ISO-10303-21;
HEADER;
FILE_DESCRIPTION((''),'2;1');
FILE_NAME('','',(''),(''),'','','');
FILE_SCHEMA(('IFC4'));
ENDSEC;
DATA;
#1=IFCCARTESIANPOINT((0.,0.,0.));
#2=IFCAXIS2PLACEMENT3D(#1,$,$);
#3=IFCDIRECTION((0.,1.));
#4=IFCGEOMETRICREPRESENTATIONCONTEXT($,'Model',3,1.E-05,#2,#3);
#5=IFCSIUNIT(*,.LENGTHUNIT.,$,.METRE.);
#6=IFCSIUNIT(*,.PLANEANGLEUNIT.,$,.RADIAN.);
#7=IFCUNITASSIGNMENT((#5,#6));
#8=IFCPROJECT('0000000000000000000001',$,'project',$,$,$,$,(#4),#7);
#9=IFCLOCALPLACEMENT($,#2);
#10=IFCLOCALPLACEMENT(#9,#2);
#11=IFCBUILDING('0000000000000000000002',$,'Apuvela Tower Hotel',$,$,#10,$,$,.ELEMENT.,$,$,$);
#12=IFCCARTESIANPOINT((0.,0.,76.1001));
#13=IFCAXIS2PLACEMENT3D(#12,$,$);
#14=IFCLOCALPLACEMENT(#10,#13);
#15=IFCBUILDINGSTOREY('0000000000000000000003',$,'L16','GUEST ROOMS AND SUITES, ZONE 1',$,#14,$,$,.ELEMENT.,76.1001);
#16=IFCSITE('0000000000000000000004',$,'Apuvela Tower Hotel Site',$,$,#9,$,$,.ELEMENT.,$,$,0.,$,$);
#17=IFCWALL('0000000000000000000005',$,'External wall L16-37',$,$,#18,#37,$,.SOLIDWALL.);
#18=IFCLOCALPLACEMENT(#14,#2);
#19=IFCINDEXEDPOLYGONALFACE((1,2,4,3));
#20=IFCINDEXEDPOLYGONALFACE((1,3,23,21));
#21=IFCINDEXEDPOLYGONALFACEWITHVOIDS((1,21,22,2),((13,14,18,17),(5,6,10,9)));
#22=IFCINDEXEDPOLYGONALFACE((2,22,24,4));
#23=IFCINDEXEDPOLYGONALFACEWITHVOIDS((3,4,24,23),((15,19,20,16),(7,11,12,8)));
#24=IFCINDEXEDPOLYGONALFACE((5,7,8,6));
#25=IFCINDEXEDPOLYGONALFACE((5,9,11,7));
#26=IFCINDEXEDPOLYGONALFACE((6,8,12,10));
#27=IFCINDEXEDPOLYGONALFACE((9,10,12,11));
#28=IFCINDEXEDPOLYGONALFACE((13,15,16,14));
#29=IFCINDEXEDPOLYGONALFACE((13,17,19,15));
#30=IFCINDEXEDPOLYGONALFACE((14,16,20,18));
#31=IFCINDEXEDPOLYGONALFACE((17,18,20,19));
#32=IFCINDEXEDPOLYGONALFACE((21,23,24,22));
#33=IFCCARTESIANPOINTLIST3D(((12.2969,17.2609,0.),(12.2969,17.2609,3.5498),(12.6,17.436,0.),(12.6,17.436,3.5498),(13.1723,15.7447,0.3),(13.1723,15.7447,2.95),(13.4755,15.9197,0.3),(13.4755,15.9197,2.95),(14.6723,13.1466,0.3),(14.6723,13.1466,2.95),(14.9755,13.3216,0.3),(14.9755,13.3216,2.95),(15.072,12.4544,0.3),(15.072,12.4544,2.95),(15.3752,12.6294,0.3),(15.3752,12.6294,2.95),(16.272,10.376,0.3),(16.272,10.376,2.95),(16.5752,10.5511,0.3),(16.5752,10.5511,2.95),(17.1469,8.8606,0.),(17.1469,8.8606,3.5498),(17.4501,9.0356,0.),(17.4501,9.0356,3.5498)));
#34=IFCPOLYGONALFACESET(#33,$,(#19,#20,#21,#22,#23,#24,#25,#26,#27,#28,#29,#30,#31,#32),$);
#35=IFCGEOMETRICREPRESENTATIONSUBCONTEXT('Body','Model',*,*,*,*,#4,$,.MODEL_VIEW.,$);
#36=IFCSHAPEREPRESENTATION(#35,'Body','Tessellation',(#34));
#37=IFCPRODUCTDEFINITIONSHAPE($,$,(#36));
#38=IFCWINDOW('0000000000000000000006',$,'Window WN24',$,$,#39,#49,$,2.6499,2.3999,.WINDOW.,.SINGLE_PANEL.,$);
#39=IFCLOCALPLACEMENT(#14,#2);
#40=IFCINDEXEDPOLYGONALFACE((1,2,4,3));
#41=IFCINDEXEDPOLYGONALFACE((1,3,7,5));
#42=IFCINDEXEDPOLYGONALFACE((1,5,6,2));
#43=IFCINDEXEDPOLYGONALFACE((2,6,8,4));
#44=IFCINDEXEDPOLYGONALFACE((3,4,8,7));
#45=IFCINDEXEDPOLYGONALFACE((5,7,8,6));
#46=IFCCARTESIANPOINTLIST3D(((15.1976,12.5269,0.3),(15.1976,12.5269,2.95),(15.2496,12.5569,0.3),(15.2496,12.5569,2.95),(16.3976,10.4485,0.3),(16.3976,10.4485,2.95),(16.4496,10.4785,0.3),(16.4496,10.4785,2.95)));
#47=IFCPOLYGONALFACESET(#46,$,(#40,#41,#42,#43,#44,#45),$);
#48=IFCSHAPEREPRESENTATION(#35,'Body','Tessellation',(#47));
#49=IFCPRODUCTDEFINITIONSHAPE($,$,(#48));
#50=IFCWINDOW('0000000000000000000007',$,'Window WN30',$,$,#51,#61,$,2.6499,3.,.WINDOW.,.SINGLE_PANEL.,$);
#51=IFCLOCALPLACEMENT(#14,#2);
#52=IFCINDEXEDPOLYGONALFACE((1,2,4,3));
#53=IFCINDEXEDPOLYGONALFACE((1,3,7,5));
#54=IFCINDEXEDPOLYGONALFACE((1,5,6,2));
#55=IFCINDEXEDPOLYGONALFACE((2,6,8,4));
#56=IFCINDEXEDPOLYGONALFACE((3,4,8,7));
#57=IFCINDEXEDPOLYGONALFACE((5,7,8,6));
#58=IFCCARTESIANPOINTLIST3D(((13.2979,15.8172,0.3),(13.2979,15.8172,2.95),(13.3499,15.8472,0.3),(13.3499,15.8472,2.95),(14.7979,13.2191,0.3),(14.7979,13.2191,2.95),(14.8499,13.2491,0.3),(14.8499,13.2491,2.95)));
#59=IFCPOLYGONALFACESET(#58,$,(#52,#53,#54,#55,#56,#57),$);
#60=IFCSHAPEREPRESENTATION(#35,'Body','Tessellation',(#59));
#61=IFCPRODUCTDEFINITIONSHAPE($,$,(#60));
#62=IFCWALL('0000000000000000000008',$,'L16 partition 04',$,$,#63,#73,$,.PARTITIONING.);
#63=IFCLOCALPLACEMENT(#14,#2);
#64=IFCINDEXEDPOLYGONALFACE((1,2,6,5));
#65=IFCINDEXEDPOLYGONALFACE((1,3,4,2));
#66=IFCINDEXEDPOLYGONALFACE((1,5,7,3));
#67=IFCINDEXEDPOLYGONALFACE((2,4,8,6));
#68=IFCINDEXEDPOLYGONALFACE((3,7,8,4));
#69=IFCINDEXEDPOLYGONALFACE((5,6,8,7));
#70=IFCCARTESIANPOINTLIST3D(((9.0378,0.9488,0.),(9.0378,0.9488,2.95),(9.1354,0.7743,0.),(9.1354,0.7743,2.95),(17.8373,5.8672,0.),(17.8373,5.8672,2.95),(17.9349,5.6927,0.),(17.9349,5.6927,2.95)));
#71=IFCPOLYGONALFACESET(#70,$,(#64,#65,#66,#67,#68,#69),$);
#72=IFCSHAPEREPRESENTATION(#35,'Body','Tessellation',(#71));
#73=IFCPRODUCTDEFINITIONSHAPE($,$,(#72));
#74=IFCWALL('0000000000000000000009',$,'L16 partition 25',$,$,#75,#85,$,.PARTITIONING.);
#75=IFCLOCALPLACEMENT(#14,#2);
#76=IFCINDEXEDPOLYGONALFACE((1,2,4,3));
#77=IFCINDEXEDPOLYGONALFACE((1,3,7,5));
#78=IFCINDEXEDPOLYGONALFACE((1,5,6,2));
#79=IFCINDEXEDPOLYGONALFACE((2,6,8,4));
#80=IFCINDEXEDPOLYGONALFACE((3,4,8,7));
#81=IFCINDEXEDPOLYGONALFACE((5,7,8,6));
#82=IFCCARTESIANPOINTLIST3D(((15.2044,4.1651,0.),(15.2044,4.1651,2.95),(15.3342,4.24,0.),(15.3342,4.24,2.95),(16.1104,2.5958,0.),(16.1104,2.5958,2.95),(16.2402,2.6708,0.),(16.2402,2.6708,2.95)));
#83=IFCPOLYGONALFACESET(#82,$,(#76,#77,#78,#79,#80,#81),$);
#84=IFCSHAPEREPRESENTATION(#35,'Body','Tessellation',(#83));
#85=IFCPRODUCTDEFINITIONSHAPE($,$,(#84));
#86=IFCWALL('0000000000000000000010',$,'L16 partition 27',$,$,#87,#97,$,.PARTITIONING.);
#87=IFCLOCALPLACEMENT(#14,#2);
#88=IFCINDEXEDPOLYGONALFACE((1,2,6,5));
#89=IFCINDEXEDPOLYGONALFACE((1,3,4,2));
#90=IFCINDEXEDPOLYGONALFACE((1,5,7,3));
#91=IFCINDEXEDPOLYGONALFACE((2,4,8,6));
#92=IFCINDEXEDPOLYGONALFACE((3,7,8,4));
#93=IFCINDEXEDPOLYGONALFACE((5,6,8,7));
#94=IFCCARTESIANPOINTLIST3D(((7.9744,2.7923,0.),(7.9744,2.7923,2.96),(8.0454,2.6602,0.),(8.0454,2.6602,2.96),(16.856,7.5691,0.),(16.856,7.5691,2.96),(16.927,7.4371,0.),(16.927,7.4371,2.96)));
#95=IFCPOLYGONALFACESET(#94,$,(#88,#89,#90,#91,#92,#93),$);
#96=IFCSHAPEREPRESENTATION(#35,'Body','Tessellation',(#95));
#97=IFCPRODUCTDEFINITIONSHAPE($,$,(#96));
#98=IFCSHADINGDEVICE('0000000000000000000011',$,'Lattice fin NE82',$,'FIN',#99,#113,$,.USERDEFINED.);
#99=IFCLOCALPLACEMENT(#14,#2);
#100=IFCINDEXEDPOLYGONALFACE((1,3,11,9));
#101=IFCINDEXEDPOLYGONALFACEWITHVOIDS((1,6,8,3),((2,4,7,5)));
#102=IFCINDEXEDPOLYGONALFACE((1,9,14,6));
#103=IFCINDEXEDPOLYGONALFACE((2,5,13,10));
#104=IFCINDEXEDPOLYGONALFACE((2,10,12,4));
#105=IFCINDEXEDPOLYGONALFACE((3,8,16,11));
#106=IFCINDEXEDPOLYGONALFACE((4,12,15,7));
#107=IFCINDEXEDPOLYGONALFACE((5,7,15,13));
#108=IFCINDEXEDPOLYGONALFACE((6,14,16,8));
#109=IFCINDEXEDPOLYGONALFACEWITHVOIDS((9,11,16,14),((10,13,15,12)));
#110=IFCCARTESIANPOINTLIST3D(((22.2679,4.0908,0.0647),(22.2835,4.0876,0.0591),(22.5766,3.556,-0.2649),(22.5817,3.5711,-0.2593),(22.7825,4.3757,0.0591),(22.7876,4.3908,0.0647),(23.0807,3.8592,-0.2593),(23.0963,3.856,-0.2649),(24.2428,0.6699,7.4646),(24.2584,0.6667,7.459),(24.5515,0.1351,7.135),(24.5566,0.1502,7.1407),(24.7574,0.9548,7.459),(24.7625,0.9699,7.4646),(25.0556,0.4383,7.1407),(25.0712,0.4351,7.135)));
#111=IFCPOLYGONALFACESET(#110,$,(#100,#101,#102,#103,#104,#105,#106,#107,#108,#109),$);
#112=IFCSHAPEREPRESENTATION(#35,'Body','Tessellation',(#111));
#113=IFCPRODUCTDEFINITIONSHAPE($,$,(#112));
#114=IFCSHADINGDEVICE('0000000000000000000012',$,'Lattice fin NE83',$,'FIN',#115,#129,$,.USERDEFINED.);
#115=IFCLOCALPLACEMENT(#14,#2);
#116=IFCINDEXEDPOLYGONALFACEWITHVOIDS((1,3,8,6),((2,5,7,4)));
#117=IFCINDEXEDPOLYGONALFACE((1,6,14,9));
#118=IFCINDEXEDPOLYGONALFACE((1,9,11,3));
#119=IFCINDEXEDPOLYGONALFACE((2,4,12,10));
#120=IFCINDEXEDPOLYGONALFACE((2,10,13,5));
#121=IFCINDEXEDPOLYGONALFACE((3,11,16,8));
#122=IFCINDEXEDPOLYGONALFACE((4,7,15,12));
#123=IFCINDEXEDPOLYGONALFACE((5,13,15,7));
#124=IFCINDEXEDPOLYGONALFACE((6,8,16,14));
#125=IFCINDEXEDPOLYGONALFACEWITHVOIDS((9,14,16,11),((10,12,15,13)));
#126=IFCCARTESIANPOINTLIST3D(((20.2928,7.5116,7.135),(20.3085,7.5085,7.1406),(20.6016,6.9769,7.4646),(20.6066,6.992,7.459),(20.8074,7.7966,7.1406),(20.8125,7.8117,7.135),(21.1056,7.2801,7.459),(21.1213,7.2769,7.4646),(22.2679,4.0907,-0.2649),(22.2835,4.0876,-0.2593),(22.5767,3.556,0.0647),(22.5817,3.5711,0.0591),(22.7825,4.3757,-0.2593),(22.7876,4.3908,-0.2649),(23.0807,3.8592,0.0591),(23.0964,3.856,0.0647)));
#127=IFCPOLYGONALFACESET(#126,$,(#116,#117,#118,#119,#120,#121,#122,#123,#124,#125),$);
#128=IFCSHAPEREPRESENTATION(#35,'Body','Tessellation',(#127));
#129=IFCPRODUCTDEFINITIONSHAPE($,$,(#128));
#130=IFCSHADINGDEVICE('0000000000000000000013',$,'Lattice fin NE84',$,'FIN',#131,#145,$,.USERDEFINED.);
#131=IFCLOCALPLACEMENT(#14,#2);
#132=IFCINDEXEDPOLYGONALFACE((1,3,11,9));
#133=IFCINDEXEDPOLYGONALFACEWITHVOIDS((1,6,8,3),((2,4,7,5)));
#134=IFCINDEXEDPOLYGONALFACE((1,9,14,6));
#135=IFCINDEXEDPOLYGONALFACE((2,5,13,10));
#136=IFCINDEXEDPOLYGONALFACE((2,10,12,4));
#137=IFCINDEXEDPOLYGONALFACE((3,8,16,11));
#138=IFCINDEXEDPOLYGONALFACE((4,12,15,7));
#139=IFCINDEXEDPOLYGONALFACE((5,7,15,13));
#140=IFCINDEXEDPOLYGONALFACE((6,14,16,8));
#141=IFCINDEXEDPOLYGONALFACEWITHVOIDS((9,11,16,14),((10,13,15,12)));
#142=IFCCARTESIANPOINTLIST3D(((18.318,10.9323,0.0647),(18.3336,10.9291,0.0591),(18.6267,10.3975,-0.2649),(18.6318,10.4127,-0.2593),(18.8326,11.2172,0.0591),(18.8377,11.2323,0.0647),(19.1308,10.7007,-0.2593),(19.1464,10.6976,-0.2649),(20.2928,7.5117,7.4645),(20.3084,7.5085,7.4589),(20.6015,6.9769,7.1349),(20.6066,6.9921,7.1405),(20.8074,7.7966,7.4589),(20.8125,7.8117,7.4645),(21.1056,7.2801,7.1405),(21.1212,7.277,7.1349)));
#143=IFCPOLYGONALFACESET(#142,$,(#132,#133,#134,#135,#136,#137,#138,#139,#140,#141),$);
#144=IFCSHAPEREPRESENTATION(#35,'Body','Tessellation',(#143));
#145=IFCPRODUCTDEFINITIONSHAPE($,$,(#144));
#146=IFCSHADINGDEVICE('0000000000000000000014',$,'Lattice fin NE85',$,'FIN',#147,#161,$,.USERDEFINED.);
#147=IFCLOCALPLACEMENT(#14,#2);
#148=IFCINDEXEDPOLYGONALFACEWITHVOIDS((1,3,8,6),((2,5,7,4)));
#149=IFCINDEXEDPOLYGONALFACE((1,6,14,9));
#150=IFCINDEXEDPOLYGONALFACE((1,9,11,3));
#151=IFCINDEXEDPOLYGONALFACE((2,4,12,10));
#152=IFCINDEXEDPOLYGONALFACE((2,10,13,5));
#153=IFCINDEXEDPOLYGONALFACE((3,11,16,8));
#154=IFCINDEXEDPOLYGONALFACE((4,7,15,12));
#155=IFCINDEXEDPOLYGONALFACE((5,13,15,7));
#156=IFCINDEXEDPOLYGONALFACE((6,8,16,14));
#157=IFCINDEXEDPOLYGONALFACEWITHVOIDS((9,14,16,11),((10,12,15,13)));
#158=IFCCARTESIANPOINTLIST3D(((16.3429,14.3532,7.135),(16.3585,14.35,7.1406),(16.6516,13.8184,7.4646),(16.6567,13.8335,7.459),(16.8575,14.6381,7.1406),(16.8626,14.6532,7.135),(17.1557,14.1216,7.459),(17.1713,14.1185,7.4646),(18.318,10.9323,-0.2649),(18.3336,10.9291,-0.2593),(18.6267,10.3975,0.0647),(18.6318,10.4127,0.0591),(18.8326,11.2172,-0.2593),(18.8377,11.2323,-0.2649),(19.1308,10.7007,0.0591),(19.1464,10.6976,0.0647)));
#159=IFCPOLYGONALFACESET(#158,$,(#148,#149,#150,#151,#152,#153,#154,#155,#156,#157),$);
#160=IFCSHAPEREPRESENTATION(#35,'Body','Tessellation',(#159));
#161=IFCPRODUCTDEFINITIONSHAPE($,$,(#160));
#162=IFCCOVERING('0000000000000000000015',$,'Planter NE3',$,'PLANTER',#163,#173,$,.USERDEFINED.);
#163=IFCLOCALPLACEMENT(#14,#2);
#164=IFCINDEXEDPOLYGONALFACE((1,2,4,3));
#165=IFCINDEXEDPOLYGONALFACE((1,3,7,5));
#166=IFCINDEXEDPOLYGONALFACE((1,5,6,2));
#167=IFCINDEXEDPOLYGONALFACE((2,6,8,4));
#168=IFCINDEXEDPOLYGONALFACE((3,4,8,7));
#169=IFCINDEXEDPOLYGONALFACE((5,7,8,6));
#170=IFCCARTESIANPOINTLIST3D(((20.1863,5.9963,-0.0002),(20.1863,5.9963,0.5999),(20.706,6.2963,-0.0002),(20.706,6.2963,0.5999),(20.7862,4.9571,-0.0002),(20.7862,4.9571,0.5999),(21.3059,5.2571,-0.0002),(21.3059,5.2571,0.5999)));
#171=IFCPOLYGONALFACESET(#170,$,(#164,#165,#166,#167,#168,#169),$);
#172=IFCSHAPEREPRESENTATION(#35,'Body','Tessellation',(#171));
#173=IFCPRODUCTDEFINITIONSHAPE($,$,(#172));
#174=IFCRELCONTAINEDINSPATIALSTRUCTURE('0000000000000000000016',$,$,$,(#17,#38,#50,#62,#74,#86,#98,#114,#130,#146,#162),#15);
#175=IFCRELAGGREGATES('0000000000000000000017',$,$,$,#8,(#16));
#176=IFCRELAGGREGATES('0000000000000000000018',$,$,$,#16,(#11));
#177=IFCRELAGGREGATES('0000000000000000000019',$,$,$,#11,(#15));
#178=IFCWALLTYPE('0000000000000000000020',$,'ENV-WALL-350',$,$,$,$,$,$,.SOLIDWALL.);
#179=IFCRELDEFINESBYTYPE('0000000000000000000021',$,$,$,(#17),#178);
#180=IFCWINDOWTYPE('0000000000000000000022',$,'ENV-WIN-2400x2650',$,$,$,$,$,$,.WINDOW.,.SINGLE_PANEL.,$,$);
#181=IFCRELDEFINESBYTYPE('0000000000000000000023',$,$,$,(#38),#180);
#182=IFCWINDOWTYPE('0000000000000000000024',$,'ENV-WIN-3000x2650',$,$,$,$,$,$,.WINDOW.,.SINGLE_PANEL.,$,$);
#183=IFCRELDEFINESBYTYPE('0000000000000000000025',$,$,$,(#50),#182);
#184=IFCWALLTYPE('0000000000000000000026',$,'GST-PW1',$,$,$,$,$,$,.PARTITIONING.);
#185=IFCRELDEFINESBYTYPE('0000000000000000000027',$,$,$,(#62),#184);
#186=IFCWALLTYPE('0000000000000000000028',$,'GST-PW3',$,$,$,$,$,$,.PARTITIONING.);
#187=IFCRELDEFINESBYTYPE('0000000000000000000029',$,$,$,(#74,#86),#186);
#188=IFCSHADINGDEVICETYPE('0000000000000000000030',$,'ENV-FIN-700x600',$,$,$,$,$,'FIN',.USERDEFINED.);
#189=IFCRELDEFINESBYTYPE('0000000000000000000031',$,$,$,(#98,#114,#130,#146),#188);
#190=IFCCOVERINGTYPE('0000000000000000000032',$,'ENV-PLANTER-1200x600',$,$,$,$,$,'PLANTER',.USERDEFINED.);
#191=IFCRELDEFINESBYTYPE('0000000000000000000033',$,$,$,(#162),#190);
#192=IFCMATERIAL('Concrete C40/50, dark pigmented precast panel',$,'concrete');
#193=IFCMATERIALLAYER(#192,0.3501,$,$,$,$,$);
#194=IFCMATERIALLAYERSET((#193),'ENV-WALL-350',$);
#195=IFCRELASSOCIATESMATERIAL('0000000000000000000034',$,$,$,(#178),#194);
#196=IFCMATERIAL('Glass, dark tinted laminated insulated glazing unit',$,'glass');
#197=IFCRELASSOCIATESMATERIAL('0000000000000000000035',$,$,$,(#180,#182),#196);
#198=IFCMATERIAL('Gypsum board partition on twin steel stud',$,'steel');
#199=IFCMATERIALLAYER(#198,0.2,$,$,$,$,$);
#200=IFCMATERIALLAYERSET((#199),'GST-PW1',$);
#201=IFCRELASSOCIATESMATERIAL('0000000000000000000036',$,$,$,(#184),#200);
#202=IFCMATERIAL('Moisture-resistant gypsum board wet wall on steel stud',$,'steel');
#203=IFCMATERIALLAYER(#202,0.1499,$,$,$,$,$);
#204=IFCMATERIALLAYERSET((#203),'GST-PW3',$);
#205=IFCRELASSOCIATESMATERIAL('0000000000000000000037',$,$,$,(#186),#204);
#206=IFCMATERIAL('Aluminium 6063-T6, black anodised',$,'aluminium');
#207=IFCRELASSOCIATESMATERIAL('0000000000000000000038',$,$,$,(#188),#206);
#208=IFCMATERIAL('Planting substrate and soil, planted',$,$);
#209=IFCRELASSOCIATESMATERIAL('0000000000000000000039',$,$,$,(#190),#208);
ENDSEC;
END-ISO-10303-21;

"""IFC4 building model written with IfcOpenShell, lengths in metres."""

from ifc_helpers import new_model, si_unit, direction, frame, frame_2d, origin, origin_2d, place, context, subcontext, project, spatial, rectangle, hollow_rectangle, extrude, material, layer, layer_set, material_profile, profile_set, type_object, element, fill, save


model = new_model("IFC4")

# Units and contexts
model_context = context("Model", 3, precision=1e-05, world=origin(), true_north=direction((0.0, 1.0)))
body_context = subcontext(model_context, "Body", "Model", "MODEL_VIEW")
ifc_project = project(units=[si_unit("LENGTHUNIT", "METRE"), si_unit("PLANEANGLEUNIT", "RADIAN")], contexts=[model_context])

# Site, building, storey
site_placement = place(None, origin())
site = spatial("IfcSite", under=ifc_project, at=site_placement, Name="Apuvela Tower Hotel Site", CompositionType="ELEMENT", RefElevation=0.0)
building_placement = place(site_placement, origin())
building = spatial("IfcBuilding", under=site, at=building_placement, Name="Apuvela Tower Hotel", CompositionType="ELEMENT")
storey_placement = place(building_placement, frame((0.0, 0.0, 76.1001)))
storey = spatial("IfcBuildingStorey", under=building, at=storey_placement, Name="L16", Description="GUEST ROOMS AND SUITES, ZONE 1", CompositionType="ELEMENT", Elevation=76.1001)

# Shared definitions
ifc_material_1 = material(Name="Concrete C40/50, dark pigmented precast panel", Category="concrete")
ifc_layer_1 = layer(ifc_material_1, 0.3501)
ifc_layer_set_1 = layer_set([ifc_layer_1], Name="ENV-WALL-350")
wall_type_1 = type_object("IfcWallType", Name="ENV-WALL-350", PredefinedType="SOLIDWALL", material=ifc_layer_set_1)

# Shared definitions
ifc_material_2 = material(Name="Glass, dark tinted laminated insulated glazing unit", Category="glass")

# Wall, openings, windows
wall_1_placement = place(storey_placement, frame((17.2986, 8.948, 0.0), z_axis=(0.0, 0.0, 1.0), x_axis=(-0.50001, 0.86602, 0.0)))
wall_1 = element("IfcWall", 1, at=wall_1_placement, inside=storey, type_object=wall_type_1, Name="External wall L16-37", PredefinedType="SOLIDWALL", context=body_context, shape_type="SweptSolid", body=[
    extrude(rectangle(XDim=9.7, YDim=0.3501, at=frame_2d((4.8501, 0.0))), origin(), (0.0, 0.0, 1.0), 3.5498),
])
opening_1_placement = place(wall_1_placement, frame((1.75, 0.0, 0.3)))
opening_1 = element("IfcOpeningElement", 2, at=opening_1_placement, cuts=wall_1, PredefinedType="OPENING", context=body_context, shape_type="SweptSolid", body=[
    extrude(rectangle(XDim=2.3999, YDim=2.6499, at=frame_2d((1.2, 1.325))), frame((0.0, 0.1851, 0.0), z_axis=(0.0, -1.0, 0.0), x_axis=(1.0, 0.0, 0.0)), (0.0, 0.0, 1.0), 0.3701),
])
opening_2_placement = place(wall_1_placement, frame((4.9492, 0.0, 0.3)))
opening_2 = element("IfcOpeningElement", 3, at=opening_2_placement, cuts=wall_1, PredefinedType="OPENING", context=body_context, shape_type="SweptSolid", body=[
    extrude(rectangle(XDim=3.0, YDim=2.6499, at=frame_2d((1.5, 1.325))), frame((0.0, 0.1851, 0.0), z_axis=(0.0, -1.0, 0.0), x_axis=(1.0, 0.0, 0.0)), (0.0, 0.0, 1.0), 0.3701),
])
window_type_1 = type_object("IfcWindowType", Name="ENV-WIN-2400x2650", PartitioningType="SINGLE_PANEL", PredefinedType="WINDOW", material=ifc_material_2)
window_1_placement = place(opening_1_placement, origin())
window_1 = element("IfcWindow", 4, at=window_1_placement, inside=storey, type_object=window_type_1, Name="Window WN24", OverallHeight=2.6499, OverallWidth=2.3999, PartitioningType="SINGLE_PANEL", PredefinedType="WINDOW", context=body_context, shape_type="SweptSolid", body=[
    extrude(rectangle(XDim=2.3999, YDim=2.6499, at=frame_2d((1.2, 1.325))), frame((0.0, 0.03, 0.0), z_axis=(0.0, -1.0, 0.0), x_axis=(1.0, 0.0, 0.0)), (0.0, 0.0, 1.0), 0.0601),
])
fill(opening_1, window_1)
window_type_2 = type_object("IfcWindowType", Name="ENV-WIN-3000x2650", PartitioningType="SINGLE_PANEL", PredefinedType="WINDOW", material=ifc_material_2)
window_2_placement = place(opening_2_placement, origin())
window_2 = element("IfcWindow", 5, at=window_2_placement, inside=storey, type_object=window_type_2, Name="Window WN30", OverallHeight=2.6499, OverallWidth=3.0, PartitioningType="SINGLE_PANEL", PredefinedType="WINDOW", context=body_context, shape_type="SweptSolid", body=[
    extrude(rectangle(XDim=3.0, YDim=2.6499, at=frame_2d((1.5, 1.325))), frame((0.0, 0.03, 0.0), z_axis=(0.0, -1.0, 0.0), x_axis=(1.0, 0.0, 0.0)), (0.0, 0.0, 1.0), 0.0601),
])
fill(opening_2, window_2)

# Walls
ifc_material_3 = material(Name="Gypsum board partition on twin steel stud", Category="steel")
ifc_layer_2 = layer(ifc_material_3, 0.2)
ifc_layer_set_2 = layer_set([ifc_layer_2], Name="GST-PW1")
wall_type_2 = type_object("IfcWallType", Name="GST-PW1", PredefinedType="PARTITIONING", material=ifc_layer_set_2)
wall_2_placement = place(storey_placement, frame((17.8862, 5.78, 0.0), z_axis=(0.0, 0.0, 1.0), x_axis=(-0.872899, -0.487901, 0.0)))
element("IfcWall", 6, at=wall_2_placement, inside=storey, type_object=wall_type_2, Name="L16 partition 04", PredefinedType="PARTITIONING", context=body_context, shape_type="SweptSolid", body=[
    extrude(rectangle(XDim=10.0808, YDim=0.2, at=frame_2d((5.0405, 0.0))), origin(), (0.0, 0.0, 1.0), 2.95),
])
ifc_material_4 = material(Name="Moisture-resistant gypsum board wet wall on steel stud", Category="steel")
ifc_layer_3 = layer(ifc_material_4, 0.1499)
ifc_layer_set_3 = layer_set([ifc_layer_3], Name="GST-PW3")
wall_type_3 = type_object("IfcWallType", Name="GST-PW3", PredefinedType="PARTITIONING", material=ifc_layer_set_3)
wall_3_placement = place(storey_placement, frame((16.1753, 2.6333, 0.0), z_axis=(0.0, 0.0, 1.0), x_axis=(-0.499979, 0.866038, 0.0)))
element("IfcWall", 7, at=wall_3_placement, inside=storey, type_object=wall_type_3, Name="L16 partition 25", PredefinedType="PARTITIONING", context=body_context, shape_type="SweptSolid", body=[
    extrude(rectangle(XDim=1.812, YDim=0.1499, at=frame_2d((0.906, 0.0))), origin(), (0.0, 0.0, 1.0), 2.95),
])
wall_4_placement = place(storey_placement, frame((16.8916, 7.5032, 0.0), z_axis=(0.0, 0.0, 1.0), x_axis=(-0.8807, -0.473674, 0.0)))
element("IfcWall", 8, at=wall_4_placement, inside=storey, type_object=wall_type_3, Name="L16 partition 27", PredefinedType="PARTITIONING", context=body_context, shape_type="SweptSolid", body=[
    extrude(rectangle(XDim=10.0847, YDim=0.1499, at=frame_2d((5.0425, 0.0))), origin(), (0.0, 0.0, 1.0), 2.96),
])

# Shading devices
ifc_material_5 = material(Name="Aluminium 6063-T6, black anodised", Category="aluminium")
ifc_material_profile_1 = material_profile(ifc_material_5, hollow_rectangle(XDim=0.6001, YDim=0.7, WallThickness=0.012, at=origin_2d()), Name="AL BOX 700x600x12")
ifc_profile_set_1 = profile_set([ifc_material_profile_1], Name="Aluminium 6063-T6, black anodised")
shading_device_type = type_object("IfcShadingDeviceType", Name="ENV-FIN-700x600", ElementType="FIN", PredefinedType="USERDEFINED", material=ifc_profile_set_1)
for number, where, z_axis, x_axis, name in (
    (9, (22.6821, 3.9734, -0.1001), (0.235434, -0.407825, 0.882185), (0.866048, 0.499961, 0.0), "Lattice fin NE82"),
    (10, (22.6821, 3.9734, -0.1001), (-0.235461, 0.407822, 0.882179), (-0.866021, -0.500008, 0.0), "Lattice fin NE83"),
):
    element("IfcShadingDevice", number, at=place(storey_placement, frame(where, z_axis=z_axis, x_axis=x_axis)), inside=storey, type_object=shading_device_type, Name=name, ObjectType="FIN", PredefinedType="USERDEFINED", context=body_context, shape_type="SweptSolid", body=[
        extrude(hollow_rectangle(XDim=0.6001, YDim=0.7, WallThickness=0.012, at=origin_2d()), origin(), (0.0, 0.0, 1.0), 8.3882),
    ])
shading_device_1_placement = place(storey_placement, frame((18.7322, 10.8149, -0.1001), z_axis=(0.235436, -0.407801, 0.882195), x_axis=(0.866032, 0.499988, 0.0)))
element("IfcShadingDevice", 11, at=shading_device_1_placement, inside=storey, type_object=shading_device_type, Name="Lattice fin NE84", ObjectType="FIN", PredefinedType="USERDEFINED", context=body_context, shape_type="SweptSolid", body=[
    extrude(hollow_rectangle(XDim=0.6001, YDim=0.7, WallThickness=0.012, at=origin_2d()), origin(), (0.0, 0.0, 1.0), 8.3879),
])
shading_device_2_placement = place(storey_placement, frame((18.7322, 10.8149, -0.1001), z_axis=(-0.235461, 0.407822, 0.882179), x_axis=(-0.866021, -0.500008, 0.0)))
element("IfcShadingDevice", 12, at=shading_device_2_placement, inside=storey, type_object=shading_device_type, Name="Lattice fin NE85", ObjectType="FIN", PredefinedType="USERDEFINED", context=body_context, shape_type="SweptSolid", body=[
    extrude(hollow_rectangle(XDim=0.6001, YDim=0.7, WallThickness=0.012, at=origin_2d()), origin(), (0.0, 0.0, 1.0), 8.3882),
])

# Covering
ifc_material_6 = material(Name="Planting substrate and soil, planted")
covering_type = type_object("IfcCoveringType", Name="ENV-PLANTER-1200x600", ElementType="PLANTER", PredefinedType="USERDEFINED", material=ifc_material_6)
covering_placement = place(storey_placement, frame((20.7461, 5.6267, -0.0002), z_axis=(0.0, 0.0, 1.0), x_axis=(-0.5, 0.866025, 0.0)))
element("IfcCovering", 13, at=covering_placement, inside=storey, type_object=covering_type, Name="Planter NE3", ObjectType="PLANTER", PredefinedType="USERDEFINED", context=body_context, shape_type="SweptSolid", body=[
    extrude(rectangle(XDim=1.2, YDim=0.6001, at=origin_2d()), origin(), (0.0, 0.0, 1.0), 0.6001),
])

save(model, "model.ifc")
